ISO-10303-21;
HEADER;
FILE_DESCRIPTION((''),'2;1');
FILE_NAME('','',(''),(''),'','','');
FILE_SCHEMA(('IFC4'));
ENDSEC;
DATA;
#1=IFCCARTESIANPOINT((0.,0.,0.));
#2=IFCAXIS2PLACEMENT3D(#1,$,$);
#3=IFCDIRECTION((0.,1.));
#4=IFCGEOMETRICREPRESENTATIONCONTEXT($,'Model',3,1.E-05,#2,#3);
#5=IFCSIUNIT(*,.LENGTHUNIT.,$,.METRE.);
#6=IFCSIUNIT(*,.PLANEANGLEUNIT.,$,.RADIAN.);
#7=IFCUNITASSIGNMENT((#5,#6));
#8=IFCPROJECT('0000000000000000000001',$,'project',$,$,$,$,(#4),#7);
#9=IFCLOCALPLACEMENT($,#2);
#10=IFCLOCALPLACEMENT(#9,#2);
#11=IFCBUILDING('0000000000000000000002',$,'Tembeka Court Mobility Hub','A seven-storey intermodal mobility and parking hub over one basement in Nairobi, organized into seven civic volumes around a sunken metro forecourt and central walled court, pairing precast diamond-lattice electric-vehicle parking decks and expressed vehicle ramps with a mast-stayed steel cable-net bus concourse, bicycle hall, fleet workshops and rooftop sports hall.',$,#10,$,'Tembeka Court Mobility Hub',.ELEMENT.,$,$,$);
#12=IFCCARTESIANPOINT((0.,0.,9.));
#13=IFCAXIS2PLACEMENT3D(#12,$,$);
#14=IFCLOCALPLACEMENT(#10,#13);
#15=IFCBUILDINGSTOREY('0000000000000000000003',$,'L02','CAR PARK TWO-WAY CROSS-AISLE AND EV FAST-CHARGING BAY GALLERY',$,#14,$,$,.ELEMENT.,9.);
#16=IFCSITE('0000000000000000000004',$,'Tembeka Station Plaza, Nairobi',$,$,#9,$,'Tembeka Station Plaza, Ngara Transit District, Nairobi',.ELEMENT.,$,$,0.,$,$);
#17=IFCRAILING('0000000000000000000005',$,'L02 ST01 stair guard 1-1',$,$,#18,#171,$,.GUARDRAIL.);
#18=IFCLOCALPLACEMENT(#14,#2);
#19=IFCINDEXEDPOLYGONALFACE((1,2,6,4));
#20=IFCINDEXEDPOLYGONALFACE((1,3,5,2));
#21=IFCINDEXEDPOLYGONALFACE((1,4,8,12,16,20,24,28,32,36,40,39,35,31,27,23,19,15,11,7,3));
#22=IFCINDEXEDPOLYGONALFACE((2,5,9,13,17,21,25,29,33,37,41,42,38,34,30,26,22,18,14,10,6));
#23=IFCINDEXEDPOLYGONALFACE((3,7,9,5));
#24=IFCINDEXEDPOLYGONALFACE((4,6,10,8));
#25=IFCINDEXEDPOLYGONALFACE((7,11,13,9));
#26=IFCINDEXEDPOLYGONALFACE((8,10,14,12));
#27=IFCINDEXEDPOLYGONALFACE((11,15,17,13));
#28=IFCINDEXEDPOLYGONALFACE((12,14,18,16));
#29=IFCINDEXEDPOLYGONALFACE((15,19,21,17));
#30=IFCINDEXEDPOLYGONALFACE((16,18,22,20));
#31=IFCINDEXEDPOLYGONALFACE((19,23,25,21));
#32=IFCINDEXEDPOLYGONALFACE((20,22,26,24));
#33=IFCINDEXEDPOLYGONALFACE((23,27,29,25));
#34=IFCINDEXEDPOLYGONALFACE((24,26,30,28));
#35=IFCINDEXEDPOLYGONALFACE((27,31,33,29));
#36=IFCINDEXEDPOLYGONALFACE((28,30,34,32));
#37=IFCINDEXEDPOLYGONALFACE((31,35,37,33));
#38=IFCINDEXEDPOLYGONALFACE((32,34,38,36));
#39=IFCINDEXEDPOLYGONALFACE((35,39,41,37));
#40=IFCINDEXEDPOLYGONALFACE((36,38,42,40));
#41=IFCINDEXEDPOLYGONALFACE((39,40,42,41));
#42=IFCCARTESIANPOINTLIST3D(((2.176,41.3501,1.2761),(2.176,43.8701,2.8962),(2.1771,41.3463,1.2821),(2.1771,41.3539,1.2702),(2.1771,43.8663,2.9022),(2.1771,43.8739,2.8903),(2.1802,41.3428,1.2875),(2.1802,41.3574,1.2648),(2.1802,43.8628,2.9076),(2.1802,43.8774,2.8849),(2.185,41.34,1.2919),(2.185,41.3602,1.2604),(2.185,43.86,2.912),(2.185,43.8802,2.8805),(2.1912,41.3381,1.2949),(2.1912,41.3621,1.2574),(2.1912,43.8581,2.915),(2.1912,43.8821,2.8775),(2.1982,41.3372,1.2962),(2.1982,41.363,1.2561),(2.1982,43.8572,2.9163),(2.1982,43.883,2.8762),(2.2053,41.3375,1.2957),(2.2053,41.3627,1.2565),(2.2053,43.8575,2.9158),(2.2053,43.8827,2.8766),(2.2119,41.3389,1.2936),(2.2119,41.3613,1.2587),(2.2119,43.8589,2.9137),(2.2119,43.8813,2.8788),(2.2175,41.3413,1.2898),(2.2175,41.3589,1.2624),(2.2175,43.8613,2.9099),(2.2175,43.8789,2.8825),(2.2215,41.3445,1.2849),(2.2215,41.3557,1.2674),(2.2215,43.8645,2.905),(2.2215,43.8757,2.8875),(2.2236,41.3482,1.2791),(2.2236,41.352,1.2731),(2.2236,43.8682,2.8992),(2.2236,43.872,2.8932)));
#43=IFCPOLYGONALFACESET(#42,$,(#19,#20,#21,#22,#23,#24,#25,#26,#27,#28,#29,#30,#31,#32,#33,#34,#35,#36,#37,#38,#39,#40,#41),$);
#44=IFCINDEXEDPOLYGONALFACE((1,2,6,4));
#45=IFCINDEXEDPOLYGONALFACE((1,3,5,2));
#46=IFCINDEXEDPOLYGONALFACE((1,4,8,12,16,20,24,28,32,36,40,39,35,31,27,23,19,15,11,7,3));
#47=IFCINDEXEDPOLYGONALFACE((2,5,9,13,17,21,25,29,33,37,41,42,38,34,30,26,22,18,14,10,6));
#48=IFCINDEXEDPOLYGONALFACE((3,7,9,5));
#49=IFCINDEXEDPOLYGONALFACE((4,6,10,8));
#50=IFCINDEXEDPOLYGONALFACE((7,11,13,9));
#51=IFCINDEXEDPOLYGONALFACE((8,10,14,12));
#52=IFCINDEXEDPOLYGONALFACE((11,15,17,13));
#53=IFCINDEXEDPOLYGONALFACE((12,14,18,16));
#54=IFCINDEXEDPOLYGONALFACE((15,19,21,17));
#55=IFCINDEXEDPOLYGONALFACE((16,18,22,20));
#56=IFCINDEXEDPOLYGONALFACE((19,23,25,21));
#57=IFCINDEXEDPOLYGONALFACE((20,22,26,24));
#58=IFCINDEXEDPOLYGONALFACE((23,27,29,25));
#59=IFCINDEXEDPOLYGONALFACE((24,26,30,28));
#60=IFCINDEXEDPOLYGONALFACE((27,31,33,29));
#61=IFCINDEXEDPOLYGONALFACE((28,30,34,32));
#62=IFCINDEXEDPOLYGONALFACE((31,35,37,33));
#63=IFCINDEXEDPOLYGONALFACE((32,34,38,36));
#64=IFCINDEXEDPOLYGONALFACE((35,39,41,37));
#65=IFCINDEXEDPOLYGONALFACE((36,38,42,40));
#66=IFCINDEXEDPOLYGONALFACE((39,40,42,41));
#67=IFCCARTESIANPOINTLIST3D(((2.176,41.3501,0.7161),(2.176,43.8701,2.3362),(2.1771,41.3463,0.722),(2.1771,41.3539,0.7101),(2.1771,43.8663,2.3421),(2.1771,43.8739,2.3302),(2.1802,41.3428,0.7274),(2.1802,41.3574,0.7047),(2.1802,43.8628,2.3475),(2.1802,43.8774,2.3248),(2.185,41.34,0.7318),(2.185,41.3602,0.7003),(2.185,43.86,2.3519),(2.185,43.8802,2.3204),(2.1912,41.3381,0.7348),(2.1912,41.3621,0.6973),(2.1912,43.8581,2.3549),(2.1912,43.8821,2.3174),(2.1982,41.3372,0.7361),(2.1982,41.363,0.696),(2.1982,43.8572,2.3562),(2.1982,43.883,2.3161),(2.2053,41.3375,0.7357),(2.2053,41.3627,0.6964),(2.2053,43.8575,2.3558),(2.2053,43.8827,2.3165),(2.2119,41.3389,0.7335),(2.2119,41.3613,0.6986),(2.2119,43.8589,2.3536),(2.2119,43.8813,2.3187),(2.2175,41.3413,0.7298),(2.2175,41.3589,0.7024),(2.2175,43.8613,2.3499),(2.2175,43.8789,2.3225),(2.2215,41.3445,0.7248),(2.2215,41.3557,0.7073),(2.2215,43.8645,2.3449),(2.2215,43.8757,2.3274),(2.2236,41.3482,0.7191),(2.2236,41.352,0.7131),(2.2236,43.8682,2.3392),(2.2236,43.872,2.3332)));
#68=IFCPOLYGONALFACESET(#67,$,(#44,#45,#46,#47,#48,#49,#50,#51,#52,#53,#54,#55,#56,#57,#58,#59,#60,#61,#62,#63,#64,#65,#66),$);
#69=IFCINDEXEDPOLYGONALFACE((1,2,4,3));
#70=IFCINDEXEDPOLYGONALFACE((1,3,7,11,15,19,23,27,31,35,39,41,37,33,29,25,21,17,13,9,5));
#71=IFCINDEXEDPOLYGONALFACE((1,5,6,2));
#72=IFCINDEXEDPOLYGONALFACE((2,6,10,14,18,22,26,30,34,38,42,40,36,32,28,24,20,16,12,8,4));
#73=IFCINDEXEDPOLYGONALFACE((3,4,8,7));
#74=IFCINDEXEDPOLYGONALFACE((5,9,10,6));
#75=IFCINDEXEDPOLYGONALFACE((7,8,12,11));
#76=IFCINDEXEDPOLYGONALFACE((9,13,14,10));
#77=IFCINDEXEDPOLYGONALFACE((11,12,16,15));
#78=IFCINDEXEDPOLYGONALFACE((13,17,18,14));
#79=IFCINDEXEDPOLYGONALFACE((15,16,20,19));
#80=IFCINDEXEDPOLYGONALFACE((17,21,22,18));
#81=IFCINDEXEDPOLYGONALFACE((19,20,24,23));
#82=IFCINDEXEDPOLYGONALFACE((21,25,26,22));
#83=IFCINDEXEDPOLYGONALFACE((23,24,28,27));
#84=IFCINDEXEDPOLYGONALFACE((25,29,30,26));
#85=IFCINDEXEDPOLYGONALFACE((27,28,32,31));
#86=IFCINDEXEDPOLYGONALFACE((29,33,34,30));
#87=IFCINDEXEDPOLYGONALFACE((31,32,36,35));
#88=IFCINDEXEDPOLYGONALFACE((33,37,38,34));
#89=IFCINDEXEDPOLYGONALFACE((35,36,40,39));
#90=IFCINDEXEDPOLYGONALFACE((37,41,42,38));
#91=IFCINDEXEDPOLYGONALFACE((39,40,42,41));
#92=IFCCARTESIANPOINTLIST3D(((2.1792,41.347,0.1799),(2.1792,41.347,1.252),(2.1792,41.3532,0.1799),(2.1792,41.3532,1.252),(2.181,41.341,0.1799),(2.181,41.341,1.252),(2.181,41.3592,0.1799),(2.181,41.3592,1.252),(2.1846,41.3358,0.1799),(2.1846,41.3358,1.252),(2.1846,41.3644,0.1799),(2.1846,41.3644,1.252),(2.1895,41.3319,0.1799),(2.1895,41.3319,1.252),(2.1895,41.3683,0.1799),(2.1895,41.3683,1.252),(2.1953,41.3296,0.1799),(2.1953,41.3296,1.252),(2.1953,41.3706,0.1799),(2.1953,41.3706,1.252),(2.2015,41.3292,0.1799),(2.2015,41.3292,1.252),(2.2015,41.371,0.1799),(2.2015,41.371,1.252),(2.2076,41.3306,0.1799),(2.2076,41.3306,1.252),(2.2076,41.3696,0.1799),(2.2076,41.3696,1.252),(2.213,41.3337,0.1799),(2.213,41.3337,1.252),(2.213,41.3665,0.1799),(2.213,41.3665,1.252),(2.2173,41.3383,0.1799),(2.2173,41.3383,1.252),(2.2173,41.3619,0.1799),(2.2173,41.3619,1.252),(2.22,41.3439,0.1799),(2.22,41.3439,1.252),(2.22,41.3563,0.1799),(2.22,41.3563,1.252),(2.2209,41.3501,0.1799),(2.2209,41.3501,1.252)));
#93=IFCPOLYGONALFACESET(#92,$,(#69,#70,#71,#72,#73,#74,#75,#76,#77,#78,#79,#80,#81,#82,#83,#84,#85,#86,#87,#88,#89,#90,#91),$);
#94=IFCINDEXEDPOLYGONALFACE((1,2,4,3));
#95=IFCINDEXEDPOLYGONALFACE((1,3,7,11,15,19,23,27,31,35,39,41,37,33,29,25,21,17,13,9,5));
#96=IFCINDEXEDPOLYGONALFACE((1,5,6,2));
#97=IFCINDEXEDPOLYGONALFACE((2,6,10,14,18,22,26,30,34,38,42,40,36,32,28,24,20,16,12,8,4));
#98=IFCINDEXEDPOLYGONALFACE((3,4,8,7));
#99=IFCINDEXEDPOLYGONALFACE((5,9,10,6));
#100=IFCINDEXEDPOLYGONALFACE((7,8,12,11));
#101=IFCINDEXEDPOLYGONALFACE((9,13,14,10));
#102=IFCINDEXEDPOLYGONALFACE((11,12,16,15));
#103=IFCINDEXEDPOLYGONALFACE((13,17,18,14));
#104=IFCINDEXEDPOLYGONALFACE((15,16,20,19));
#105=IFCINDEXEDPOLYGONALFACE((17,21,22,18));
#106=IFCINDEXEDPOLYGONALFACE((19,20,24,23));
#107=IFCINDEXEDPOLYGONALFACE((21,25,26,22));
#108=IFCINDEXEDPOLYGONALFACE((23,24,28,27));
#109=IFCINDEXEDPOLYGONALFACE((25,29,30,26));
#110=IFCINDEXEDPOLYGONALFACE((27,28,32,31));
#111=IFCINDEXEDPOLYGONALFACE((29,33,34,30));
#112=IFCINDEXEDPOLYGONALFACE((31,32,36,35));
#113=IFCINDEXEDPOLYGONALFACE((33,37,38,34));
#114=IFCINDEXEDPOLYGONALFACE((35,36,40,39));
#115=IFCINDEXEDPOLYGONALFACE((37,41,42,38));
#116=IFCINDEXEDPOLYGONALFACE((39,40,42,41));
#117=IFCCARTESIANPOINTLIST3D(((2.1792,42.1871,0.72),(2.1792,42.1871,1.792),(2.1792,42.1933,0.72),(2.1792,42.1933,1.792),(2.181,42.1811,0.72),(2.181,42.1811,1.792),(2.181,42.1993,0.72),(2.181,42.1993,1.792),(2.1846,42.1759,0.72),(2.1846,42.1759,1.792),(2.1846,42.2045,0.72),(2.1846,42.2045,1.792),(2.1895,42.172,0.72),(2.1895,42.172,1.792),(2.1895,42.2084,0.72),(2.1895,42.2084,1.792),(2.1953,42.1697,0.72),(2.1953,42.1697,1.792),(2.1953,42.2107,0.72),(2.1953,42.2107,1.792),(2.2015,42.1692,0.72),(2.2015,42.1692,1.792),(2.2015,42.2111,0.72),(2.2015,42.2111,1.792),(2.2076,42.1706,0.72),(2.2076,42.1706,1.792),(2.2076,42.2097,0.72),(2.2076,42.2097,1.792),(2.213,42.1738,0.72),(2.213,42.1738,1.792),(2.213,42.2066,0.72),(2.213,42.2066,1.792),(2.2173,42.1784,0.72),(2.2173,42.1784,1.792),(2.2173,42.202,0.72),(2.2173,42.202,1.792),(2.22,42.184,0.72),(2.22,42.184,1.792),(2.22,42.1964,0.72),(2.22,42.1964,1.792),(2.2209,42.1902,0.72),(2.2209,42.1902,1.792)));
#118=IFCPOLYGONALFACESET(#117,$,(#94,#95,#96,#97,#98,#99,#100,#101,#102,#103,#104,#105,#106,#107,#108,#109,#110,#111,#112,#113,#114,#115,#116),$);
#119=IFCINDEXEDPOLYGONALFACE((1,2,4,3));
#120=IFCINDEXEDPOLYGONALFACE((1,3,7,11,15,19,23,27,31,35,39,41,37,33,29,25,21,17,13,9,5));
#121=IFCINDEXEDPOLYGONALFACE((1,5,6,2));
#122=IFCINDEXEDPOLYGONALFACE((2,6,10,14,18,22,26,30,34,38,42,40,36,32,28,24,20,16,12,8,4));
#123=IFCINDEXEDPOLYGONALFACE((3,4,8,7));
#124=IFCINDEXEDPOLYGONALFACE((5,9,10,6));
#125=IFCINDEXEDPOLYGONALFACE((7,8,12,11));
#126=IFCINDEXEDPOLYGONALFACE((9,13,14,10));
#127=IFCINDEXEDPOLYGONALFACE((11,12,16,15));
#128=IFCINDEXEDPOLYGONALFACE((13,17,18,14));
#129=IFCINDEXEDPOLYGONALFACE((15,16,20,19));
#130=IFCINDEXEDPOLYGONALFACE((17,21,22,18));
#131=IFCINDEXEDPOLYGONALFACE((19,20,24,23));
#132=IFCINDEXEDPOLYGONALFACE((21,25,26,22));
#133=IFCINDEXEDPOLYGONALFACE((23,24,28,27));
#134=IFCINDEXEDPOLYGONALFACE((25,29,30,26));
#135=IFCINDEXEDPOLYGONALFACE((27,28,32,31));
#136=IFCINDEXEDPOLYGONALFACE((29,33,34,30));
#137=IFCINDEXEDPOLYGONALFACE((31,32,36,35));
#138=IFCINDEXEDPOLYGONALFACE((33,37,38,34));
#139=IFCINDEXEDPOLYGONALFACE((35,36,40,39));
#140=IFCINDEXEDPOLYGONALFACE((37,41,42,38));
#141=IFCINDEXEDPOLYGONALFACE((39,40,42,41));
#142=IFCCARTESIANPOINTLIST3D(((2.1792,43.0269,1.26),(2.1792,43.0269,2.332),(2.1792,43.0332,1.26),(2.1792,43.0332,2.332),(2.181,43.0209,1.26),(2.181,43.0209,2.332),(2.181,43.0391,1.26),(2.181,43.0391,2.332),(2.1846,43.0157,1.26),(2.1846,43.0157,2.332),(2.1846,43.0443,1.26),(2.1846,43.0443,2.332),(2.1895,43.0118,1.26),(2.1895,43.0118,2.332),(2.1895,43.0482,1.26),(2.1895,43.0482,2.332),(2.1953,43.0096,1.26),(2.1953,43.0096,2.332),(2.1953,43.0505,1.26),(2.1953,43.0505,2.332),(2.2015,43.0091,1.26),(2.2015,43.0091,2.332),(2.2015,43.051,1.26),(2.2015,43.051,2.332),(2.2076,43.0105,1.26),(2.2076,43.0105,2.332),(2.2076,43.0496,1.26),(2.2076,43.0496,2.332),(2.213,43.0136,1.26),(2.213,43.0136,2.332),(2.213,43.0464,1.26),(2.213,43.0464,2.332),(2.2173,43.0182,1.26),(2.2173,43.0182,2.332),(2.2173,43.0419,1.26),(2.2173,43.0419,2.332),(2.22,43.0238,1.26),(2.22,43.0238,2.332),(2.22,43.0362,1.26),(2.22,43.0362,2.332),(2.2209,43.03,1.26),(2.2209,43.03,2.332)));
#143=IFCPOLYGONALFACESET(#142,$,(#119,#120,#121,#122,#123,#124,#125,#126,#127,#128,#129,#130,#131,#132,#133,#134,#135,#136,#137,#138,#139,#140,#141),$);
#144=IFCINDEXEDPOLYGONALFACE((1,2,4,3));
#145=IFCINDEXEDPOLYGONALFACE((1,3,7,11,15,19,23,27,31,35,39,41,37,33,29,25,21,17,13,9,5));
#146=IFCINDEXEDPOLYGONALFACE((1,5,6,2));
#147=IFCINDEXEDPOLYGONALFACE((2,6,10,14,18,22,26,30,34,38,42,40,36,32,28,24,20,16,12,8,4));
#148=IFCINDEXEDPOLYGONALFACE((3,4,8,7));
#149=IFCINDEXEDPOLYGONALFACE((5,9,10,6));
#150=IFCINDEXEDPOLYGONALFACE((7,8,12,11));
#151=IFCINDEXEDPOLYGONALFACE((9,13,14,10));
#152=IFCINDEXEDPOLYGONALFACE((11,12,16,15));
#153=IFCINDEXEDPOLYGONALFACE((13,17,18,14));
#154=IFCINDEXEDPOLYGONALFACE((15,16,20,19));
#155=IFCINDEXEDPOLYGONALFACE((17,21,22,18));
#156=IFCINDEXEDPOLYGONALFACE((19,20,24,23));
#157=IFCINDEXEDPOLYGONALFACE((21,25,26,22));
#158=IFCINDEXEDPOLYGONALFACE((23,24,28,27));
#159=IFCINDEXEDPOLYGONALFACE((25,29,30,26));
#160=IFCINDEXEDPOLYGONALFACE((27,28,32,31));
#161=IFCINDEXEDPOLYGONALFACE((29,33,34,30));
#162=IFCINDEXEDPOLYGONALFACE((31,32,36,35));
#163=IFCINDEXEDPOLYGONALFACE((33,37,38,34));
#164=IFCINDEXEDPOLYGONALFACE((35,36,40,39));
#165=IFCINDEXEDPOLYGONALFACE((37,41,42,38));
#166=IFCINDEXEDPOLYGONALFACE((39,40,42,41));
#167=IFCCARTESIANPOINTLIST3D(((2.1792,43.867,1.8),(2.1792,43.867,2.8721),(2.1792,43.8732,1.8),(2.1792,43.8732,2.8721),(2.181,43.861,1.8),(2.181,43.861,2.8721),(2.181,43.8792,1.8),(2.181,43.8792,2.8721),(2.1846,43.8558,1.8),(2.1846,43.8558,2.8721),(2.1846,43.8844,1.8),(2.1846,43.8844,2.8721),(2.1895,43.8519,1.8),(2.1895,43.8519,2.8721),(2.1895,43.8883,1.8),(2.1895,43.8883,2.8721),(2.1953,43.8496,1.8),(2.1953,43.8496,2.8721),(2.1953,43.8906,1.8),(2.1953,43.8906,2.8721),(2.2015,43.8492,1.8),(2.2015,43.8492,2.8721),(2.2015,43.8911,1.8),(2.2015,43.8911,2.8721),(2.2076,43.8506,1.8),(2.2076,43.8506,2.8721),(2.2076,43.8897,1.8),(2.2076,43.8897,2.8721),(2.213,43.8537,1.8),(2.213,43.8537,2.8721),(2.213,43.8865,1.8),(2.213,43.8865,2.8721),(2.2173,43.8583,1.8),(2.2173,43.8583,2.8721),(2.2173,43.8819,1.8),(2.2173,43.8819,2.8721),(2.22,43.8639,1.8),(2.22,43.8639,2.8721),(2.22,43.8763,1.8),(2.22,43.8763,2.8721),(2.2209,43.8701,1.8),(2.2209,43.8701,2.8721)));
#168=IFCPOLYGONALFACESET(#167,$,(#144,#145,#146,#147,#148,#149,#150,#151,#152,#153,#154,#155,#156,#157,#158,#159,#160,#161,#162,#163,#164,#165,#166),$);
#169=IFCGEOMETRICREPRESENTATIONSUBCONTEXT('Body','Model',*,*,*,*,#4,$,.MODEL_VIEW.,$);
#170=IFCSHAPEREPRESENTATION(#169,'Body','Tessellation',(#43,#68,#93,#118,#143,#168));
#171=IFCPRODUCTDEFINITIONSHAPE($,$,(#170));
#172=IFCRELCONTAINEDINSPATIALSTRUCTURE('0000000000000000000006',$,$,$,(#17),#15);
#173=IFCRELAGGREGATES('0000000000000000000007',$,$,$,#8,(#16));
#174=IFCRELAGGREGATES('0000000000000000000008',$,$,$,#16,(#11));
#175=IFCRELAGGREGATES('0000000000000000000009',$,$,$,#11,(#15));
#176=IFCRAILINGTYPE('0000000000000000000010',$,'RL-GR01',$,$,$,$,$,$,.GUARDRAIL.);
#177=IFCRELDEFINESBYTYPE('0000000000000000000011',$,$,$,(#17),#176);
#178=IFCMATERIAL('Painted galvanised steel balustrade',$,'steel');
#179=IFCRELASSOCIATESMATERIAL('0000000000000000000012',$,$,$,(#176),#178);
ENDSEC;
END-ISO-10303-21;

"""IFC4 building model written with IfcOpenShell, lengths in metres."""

from ifc_helpers import new_model, si_unit, direction, frame, origin, origin_2d, place, context, subcontext, project, spatial, circle, extrude, material, type_object, element, save


model = new_model("IFC4")

# Units and contexts
model_context = context("Model", 3, precision=1e-05, world=origin(), true_north=direction((0.0, 1.0)))
body_context = subcontext(model_context, "Body", "Model", "MODEL_VIEW")
ifc_project = project(units=[si_unit("LENGTHUNIT", "METRE"), si_unit("PLANEANGLEUNIT", "RADIAN")], contexts=[model_context])

# Site, building, storey
site_placement = place(None, origin())
site = spatial("IfcSite", under=ifc_project, at=site_placement, Name="Tembeka Station Plaza, Nairobi", LongName="Tembeka Station Plaza, Ngara Transit District, Nairobi", CompositionType="ELEMENT", RefElevation=0.0)
building_placement = place(site_placement, origin())
building = spatial("IfcBuilding", under=site, at=building_placement, Name="Tembeka Court Mobility Hub", Description="A seven-storey intermodal mobility and parking hub over one basement in Nairobi, organized into seven civic volumes around a sunken metro forecourt and central walled court, pairing precast diamond-lattice electric-vehicle parking decks and expressed vehicle ramps with a mast-stayed steel cable-net bus concourse, bicycle hall, fleet workshops and rooftop sports hall.", LongName="Tembeka Court Mobility Hub", CompositionType="ELEMENT")
storey_placement = place(building_placement, frame((0.0, 0.0, 9.0)))
storey = spatial("IfcBuildingStorey", under=building, at=storey_placement, Name="L02", Description="CAR PARK TWO-WAY CROSS-AISLE AND EV FAST-CHARGING BAY GALLERY", CompositionType="ELEMENT", Elevation=9.0)

# Railing
ifc_material_1 = material(Name="Painted galvanised steel balustrade", Category="steel")
railing_type_1 = type_object("IfcRailingType", Name="RL-GR01", PredefinedType="GUARDRAIL", material=ifc_material_1)
railing_1_placement = place(storey_placement, frame((2.2, 41.3501, 0.1799)))
element("IfcRailing", 1, at=railing_1_placement, inside=storey, type_object=railing_type_1, Name="L02 ST01 stair guard 1-1", PredefinedType="GUARDRAIL", context=body_context, shape_type="SweptSolid", body=[
    extrude(circle(Radius=0.0239, at=origin_2d()), frame((0.0, 0.0, 1.0962), z_axis=(0.0, 0.841163, 0.540782), x_axis=(-1.0, 0.0, 0.0)), (0.0, 0.0, 1.0), 2.9958),
    extrude(circle(Radius=0.0239, at=origin_2d()), frame((0.0, 0.0, 0.5361), z_axis=(0.0, 0.841163, 0.540782), x_axis=(-1.0, 0.0, 0.0)), (0.0, 0.0, 1.0), 2.9958),
    extrude(circle(Radius=0.021, at=origin_2d()), origin(), (0.0, 0.0, 1.0), 1.072),
    extrude(circle(Radius=0.021, at=origin_2d()), frame((0.0, 0.8401, 0.54)), (0.0, 0.0, 1.0), 1.072),
    extrude(circle(Radius=0.021, at=origin_2d()), frame((0.0, 1.6799, 1.0801)), (0.0, 0.0, 1.0), 1.072),
    extrude(circle(Radius=0.021, at=origin_2d()), frame((0.0, 2.52, 1.6201)), (0.0, 0.0, 1.0), 1.072),
])

save(model, "model.ifc")
